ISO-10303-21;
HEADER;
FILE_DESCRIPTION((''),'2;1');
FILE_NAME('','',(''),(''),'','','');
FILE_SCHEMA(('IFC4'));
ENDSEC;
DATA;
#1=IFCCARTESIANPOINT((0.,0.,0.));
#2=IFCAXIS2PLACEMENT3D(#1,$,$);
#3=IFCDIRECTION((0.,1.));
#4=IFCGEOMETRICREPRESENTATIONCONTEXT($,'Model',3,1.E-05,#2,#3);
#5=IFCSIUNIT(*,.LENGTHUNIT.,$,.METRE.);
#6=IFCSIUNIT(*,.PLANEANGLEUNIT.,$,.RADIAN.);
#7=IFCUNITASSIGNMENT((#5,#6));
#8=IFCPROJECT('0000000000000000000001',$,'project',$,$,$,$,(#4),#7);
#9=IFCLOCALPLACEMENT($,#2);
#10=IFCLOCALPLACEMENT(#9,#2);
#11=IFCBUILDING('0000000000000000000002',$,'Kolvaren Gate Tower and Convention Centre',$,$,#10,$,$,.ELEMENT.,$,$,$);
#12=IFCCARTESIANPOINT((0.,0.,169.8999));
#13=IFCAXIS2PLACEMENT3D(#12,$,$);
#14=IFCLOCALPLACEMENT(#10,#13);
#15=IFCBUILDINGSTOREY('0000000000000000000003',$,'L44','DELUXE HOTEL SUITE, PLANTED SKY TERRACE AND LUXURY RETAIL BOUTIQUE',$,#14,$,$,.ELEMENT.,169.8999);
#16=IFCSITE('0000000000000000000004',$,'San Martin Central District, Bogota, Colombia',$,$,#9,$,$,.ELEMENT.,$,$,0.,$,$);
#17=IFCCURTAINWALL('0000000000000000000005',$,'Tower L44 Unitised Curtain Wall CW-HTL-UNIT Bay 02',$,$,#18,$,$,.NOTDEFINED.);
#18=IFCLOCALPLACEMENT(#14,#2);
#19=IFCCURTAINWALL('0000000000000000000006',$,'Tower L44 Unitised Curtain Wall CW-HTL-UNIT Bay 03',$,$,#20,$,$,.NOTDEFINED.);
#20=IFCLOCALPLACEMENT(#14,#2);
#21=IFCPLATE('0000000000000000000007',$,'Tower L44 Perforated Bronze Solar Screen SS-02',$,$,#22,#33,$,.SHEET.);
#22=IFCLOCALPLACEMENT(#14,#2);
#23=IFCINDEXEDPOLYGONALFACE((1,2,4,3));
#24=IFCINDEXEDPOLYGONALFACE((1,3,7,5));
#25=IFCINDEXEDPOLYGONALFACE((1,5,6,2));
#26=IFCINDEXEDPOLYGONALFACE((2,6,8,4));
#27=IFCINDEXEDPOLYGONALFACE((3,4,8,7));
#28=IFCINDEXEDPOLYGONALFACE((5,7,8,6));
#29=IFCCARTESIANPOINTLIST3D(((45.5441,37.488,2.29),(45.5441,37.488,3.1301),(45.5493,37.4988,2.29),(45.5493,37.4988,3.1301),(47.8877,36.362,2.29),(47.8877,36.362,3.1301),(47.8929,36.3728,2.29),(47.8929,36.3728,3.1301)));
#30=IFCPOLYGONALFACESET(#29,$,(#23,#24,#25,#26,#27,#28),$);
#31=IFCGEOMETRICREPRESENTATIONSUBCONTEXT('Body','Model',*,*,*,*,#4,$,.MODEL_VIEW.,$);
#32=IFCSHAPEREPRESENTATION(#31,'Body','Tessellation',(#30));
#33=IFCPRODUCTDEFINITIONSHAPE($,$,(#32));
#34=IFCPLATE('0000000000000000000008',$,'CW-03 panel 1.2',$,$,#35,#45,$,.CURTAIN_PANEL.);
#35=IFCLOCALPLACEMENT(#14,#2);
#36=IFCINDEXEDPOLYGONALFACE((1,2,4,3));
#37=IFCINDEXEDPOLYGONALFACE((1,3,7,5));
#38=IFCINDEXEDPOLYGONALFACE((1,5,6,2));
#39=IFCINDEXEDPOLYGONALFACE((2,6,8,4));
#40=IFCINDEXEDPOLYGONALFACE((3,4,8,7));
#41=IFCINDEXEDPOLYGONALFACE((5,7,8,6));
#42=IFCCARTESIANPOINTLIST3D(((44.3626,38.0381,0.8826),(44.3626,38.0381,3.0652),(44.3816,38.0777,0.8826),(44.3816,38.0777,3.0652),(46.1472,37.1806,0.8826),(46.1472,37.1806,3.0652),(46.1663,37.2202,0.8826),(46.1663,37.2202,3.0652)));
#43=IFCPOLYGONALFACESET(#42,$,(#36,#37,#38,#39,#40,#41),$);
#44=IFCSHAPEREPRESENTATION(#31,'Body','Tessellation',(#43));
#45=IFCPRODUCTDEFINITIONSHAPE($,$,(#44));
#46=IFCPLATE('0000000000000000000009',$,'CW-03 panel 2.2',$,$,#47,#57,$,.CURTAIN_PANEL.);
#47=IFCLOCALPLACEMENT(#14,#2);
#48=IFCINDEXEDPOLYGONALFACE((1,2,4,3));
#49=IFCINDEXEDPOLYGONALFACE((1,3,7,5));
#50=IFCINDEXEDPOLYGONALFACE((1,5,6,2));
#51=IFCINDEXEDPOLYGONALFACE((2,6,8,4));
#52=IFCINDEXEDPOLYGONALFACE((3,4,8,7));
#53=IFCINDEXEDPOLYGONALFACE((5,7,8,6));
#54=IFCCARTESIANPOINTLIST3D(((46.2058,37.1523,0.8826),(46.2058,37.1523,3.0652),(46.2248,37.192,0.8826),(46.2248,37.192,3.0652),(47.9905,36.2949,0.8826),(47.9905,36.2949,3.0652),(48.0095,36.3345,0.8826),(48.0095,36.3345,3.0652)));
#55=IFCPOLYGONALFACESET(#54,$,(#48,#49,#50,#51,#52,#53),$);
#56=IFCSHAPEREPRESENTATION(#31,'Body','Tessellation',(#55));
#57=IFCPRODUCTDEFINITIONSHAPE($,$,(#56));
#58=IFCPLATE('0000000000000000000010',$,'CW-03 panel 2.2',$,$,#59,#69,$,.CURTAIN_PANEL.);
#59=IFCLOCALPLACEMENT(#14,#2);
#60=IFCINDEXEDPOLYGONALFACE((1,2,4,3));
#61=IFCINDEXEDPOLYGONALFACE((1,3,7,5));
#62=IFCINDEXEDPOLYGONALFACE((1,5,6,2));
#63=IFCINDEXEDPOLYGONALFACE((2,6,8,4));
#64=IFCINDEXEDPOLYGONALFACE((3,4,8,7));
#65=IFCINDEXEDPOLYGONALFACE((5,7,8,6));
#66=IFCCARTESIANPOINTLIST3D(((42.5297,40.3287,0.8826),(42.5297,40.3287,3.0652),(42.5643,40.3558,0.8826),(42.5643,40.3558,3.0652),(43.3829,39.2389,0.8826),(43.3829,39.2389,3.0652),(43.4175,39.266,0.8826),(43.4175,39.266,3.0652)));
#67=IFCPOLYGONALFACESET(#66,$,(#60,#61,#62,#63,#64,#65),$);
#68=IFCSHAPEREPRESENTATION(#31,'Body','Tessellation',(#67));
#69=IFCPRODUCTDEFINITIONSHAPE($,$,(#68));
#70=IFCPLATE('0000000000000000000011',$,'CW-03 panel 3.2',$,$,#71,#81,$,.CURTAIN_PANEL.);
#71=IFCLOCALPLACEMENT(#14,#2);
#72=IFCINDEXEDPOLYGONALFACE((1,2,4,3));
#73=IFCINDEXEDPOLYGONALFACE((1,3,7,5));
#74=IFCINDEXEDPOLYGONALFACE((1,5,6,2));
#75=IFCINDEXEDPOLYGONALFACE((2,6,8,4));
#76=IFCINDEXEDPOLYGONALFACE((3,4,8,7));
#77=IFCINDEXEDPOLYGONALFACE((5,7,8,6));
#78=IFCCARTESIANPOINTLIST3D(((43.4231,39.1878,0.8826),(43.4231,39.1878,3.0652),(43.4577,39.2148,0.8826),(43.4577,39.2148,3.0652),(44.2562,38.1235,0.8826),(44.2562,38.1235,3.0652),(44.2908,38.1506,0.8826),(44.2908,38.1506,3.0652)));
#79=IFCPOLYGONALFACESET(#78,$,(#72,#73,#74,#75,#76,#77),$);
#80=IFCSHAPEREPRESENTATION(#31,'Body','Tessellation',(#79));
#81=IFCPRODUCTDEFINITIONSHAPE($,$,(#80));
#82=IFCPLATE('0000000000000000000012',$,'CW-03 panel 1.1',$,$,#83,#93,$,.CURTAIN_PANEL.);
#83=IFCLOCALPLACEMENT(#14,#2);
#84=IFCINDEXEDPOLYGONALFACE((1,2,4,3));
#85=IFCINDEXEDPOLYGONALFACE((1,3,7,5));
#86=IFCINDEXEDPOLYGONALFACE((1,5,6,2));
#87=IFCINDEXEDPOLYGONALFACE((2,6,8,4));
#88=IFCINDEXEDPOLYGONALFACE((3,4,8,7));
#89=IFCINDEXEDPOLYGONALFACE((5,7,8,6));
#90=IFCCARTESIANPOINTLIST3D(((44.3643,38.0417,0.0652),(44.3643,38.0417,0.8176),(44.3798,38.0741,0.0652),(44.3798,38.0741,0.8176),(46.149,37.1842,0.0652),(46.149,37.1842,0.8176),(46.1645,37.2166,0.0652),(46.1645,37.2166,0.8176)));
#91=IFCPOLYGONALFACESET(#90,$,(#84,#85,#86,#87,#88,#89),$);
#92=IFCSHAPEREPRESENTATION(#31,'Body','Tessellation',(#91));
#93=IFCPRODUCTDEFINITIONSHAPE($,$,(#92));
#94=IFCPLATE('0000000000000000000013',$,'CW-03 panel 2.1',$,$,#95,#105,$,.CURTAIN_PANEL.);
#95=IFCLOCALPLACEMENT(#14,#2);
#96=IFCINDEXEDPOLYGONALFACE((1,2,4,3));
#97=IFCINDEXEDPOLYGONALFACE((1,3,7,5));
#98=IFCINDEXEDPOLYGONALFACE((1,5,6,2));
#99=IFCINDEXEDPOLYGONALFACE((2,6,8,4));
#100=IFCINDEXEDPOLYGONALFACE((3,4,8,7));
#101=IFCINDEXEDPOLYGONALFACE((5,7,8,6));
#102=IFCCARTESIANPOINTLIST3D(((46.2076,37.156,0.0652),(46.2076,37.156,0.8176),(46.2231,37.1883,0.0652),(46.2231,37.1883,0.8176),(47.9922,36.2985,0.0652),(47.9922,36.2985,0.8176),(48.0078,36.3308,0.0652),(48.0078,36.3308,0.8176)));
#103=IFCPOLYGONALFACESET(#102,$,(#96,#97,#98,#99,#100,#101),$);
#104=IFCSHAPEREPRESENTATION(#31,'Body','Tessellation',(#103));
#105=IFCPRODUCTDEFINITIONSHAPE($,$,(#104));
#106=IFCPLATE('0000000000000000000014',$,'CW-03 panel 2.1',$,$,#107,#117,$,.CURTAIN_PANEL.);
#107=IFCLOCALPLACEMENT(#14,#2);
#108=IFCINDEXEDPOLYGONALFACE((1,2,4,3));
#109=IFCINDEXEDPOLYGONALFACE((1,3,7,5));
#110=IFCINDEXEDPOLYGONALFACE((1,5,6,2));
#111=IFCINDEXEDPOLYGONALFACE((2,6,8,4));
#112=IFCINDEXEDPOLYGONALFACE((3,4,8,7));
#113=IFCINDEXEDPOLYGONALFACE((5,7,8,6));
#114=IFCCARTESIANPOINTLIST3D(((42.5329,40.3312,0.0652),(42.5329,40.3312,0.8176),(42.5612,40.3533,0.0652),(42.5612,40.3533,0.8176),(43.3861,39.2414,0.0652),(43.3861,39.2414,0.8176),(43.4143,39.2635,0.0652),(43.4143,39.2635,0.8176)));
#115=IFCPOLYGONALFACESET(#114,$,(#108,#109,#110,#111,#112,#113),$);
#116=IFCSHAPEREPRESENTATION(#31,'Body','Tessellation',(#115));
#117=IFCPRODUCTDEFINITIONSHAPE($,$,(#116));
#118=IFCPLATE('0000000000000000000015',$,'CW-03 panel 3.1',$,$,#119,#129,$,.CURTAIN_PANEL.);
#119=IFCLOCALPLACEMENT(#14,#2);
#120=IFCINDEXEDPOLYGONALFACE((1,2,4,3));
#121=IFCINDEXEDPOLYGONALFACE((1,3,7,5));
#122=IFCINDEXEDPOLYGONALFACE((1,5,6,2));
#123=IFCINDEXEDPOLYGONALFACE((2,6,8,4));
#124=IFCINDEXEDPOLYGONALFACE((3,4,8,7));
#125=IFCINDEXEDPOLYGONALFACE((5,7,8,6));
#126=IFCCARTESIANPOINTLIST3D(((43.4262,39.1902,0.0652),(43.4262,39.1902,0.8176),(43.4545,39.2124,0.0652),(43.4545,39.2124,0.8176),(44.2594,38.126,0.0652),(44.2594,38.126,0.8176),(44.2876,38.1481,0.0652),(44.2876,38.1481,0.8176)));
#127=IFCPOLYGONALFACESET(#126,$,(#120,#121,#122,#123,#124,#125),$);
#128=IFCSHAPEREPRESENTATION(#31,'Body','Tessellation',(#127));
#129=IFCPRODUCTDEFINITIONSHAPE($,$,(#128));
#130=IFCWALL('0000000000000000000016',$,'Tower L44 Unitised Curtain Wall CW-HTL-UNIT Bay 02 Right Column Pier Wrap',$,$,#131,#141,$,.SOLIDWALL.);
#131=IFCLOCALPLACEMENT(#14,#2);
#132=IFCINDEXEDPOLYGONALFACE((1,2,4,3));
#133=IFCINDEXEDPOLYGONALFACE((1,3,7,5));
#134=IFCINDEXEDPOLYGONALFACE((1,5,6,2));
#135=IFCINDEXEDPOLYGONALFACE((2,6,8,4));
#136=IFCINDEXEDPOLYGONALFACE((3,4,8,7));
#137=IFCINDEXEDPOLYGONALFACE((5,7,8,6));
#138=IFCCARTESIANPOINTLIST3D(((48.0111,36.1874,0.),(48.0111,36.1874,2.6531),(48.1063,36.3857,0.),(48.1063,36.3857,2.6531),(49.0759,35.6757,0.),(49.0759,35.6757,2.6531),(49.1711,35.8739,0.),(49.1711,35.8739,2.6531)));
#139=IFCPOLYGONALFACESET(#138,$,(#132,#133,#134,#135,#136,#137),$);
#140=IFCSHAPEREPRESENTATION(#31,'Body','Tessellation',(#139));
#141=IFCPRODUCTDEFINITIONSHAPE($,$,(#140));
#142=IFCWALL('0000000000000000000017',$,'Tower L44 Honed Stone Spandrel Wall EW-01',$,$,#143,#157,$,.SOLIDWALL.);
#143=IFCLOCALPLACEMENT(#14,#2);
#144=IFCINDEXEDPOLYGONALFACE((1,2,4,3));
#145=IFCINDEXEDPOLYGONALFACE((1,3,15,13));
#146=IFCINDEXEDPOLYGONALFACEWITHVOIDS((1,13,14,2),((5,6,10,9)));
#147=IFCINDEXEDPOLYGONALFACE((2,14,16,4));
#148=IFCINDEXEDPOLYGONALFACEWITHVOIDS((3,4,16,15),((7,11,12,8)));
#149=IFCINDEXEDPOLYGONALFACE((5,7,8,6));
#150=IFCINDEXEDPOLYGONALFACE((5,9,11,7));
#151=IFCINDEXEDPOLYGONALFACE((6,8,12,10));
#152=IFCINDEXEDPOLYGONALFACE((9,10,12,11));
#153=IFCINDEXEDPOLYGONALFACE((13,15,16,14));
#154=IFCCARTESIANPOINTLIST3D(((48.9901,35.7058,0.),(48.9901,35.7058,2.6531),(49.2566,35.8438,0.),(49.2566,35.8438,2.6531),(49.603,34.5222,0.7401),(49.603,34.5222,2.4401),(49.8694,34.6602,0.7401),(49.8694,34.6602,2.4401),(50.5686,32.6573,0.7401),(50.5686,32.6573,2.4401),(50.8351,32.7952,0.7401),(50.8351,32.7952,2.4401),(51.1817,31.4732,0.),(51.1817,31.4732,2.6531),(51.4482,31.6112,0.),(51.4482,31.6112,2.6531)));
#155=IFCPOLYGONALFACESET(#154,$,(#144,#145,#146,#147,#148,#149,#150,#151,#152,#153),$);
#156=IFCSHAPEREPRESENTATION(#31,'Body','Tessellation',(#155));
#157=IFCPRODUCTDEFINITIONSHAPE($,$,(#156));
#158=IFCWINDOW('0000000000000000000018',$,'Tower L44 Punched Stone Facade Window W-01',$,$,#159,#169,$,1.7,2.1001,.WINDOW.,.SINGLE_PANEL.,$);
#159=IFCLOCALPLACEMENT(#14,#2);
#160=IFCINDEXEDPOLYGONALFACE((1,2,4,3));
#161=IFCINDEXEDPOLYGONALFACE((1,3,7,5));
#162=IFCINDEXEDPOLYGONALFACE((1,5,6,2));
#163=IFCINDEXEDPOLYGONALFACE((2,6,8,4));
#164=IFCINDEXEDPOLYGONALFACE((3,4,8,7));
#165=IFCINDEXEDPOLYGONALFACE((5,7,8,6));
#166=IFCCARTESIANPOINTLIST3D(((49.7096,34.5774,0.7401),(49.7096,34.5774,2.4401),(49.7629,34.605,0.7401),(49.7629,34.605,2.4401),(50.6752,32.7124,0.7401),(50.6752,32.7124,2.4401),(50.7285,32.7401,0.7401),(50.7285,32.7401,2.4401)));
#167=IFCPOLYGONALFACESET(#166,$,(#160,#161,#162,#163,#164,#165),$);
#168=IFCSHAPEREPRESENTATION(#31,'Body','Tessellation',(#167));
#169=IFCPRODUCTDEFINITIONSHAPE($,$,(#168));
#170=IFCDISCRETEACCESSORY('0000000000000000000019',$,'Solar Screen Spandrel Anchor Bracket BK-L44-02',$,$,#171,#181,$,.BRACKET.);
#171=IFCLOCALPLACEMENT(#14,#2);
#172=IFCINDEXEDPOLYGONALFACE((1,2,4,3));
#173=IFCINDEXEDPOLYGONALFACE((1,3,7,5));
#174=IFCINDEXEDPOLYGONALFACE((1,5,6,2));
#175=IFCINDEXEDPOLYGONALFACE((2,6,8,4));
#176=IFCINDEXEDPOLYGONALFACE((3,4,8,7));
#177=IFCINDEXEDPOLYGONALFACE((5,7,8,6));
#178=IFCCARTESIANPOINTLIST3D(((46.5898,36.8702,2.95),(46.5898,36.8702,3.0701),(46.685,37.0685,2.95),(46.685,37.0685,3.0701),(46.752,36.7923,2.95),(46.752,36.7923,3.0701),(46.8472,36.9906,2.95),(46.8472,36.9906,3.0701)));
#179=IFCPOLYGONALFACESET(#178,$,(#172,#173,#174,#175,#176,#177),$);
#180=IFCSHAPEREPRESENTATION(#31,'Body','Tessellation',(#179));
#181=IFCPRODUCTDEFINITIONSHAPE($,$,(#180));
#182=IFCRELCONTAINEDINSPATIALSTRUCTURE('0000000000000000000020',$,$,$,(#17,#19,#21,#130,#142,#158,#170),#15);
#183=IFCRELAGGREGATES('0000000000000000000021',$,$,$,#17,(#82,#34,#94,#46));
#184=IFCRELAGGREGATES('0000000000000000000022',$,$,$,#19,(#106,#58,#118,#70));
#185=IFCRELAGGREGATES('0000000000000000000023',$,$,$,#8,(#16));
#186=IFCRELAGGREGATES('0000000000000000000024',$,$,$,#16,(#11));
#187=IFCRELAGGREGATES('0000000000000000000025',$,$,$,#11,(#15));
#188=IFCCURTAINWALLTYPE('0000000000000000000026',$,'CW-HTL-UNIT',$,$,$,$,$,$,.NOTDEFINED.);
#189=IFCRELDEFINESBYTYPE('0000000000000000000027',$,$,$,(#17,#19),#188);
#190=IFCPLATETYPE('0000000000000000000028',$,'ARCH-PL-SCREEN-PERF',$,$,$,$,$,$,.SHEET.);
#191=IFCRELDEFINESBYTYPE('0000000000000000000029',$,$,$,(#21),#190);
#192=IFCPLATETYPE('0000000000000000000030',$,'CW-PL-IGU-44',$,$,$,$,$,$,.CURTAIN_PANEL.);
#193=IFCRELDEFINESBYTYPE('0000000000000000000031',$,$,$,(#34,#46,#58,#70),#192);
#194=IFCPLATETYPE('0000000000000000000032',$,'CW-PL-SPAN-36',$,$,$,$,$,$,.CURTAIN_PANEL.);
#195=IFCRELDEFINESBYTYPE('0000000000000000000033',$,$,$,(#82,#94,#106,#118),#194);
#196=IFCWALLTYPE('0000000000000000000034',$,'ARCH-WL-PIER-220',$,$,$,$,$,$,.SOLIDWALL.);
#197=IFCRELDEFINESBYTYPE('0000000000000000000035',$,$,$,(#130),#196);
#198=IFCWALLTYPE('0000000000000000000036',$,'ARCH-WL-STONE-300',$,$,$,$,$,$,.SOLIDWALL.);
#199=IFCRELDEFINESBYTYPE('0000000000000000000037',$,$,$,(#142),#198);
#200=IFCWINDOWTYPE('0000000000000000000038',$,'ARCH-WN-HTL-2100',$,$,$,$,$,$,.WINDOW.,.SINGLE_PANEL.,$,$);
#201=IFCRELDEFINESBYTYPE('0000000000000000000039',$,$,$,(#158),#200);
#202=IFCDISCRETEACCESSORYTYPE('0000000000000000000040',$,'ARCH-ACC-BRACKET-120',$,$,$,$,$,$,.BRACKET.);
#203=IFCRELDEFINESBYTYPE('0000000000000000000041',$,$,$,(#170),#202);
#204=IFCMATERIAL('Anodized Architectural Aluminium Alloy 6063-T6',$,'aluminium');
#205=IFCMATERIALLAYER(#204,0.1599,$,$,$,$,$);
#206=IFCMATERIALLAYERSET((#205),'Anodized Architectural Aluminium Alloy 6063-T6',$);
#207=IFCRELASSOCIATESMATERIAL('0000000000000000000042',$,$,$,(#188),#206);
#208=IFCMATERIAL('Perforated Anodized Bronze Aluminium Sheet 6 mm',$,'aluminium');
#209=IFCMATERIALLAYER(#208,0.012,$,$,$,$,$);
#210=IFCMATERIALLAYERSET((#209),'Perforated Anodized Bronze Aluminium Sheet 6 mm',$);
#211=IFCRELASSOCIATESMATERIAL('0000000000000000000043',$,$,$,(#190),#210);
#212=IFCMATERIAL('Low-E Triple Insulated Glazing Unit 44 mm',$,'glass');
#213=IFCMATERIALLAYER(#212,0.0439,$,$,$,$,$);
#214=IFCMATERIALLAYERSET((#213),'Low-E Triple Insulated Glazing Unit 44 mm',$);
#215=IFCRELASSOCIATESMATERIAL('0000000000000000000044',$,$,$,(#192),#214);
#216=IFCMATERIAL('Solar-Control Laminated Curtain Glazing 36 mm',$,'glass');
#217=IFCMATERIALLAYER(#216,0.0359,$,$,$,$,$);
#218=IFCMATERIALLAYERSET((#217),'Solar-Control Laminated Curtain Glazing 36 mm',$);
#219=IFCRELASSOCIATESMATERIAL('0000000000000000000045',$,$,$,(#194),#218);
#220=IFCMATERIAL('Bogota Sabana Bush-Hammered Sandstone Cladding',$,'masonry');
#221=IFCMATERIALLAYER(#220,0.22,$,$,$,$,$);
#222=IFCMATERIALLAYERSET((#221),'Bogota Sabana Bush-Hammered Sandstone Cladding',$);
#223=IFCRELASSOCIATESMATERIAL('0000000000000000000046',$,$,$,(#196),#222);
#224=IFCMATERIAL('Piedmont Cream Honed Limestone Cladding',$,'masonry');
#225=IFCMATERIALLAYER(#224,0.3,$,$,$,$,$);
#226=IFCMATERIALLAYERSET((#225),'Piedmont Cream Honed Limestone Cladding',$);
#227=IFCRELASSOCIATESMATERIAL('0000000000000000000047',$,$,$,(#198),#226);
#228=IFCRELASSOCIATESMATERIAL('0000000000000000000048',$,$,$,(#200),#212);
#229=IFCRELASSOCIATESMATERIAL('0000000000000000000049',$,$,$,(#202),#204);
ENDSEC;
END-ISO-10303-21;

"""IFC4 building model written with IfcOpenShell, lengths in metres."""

from ifc_helpers import new_model, si_unit, direction, frame, frame_2d, origin, origin_2d, place, context, subcontext, project, spatial, rectangle, extrude, material, layer, layer_set, type_object, element, fill, aggregate, save


model = new_model("IFC4")

# Units and contexts
model_context = context("Model", 3, precision=1e-05, world=origin(), true_north=direction((0.0, 1.0)))
body_context = subcontext(model_context, "Body", "Model", "MODEL_VIEW")
ifc_project = project(units=[si_unit("LENGTHUNIT", "METRE"), si_unit("PLANEANGLEUNIT", "RADIAN")], contexts=[model_context])

# Site, building, storey
site_placement = place(None, origin())
site = spatial("IfcSite", under=ifc_project, at=site_placement, Name="San Martin Central District, Bogota, Colombia", CompositionType="ELEMENT", RefElevation=0.0)
building_placement = place(site_placement, origin())
building = spatial("IfcBuilding", under=site, at=building_placement, Name="Kolvaren Gate Tower and Convention Centre", CompositionType="ELEMENT")
storey_placement = place(building_placement, frame((0.0, 0.0, 169.8999)))
storey = spatial("IfcBuildingStorey", under=building, at=storey_placement, Name="L44", Description="DELUXE HOTEL SUITE, PLANTED SKY TERRACE AND LUXURY RETAIL BOUTIQUE", CompositionType="ELEMENT", Elevation=169.8999)

# Curtain walls
ifc_material_1 = material(Name="Anodized Architectural Aluminium Alloy 6063-T6", Category="aluminium")
ifc_layer_1 = layer(ifc_material_1, 0.1599)
ifc_layer_set_1 = layer_set([ifc_layer_1], Name="Anodized Architectural Aluminium Alloy 6063-T6")
curtain_wall_type = type_object("IfcCurtainWallType", Name="CW-HTL-UNIT", PredefinedType="NOTDEFINED", material=ifc_layer_set_1)
curtain_wall_1_placement = place(storey_placement, origin())
curtain_wall_1 = element("IfcCurtainWall", 1, at=curtain_wall_1_placement, inside=storey, type_object=curtain_wall_type, Name="Tower L44 Unitised Curtain Wall CW-HTL-UNIT Bay 02", PredefinedType="NOTDEFINED")
curtain_wall_2_placement = place(storey_placement, origin())
curtain_wall_2 = element("IfcCurtainWall", 2, at=curtain_wall_2_placement, inside=storey, type_object=curtain_wall_type, Name="Tower L44 Unitised Curtain Wall CW-HTL-UNIT Bay 03", PredefinedType="NOTDEFINED")

# Plates
ifc_material_2 = material(Name="Perforated Anodized Bronze Aluminium Sheet 6 mm", Category="aluminium")
ifc_layer_2 = layer(ifc_material_2, 0.012)
ifc_layer_set_2 = layer_set([ifc_layer_2], Name="Perforated Anodized Bronze Aluminium Sheet 6 mm")
plate_type_1 = type_object("IfcPlateType", Name="ARCH-PL-SCREEN-PERF", PredefinedType="SHEET", material=ifc_layer_set_2)
plate_1_placement = place(storey_placement, frame((46.7185, 36.9304, 2.29), z_axis=(0.0, 0.0, 1.0), x_axis=(0.901358, -0.433074, 0.0)))
element("IfcPlate", 3, at=plate_1_placement, inside=storey, type_object=plate_type_1, Name="Tower L44 Perforated Bronze Solar Screen SS-02", PredefinedType="SHEET", context=body_context, shape_type="SweptSolid", body=[
    extrude(rectangle(XDim=2.6001, YDim=0.012, at=origin_2d()), origin(), (0.0, 0.0, 1.0), 0.8401),
])
ifc_material_3 = material(Name="Low-E Triple Insulated Glazing Unit 44 mm", Category="glass")
ifc_layer_3 = layer(ifc_material_3, 0.0439)
ifc_layer_set_3 = layer_set([ifc_layer_3], Name="Low-E Triple Insulated Glazing Unit 44 mm")
plate_type_2 = type_object("IfcPlateType", Name="CW-PL-IGU-44", PredefinedType="CURTAIN_PANEL", material=ifc_layer_set_3)
plate_2_placement = place(storey_placement, frame((45.2644, 37.6292, 0.8826), z_axis=(0.0, 0.0, 1.0), x_axis=(0.901358, -0.433074, 0.0)))
plate_2 = element("IfcPlate", 4, at=plate_2_placement, type_object=plate_type_2, Name="CW-03 panel 1.2", PredefinedType="CURTAIN_PANEL", context=body_context, shape_type="SweptSolid", body=[
    extrude(rectangle(XDim=1.98, YDim=0.0439, at=origin_2d()), origin(), (0.0, 0.0, 1.0), 2.1826),
])
plate_3_placement = place(storey_placement, frame((47.1077, 36.7434, 0.8826), z_axis=(0.0, 0.0, 1.0), x_axis=(0.901358, -0.433074, 0.0)))
plate_3 = element("IfcPlate", 5, at=plate_3_placement, type_object=plate_type_2, Name="CW-03 panel 2.2", PredefinedType="CURTAIN_PANEL", context=body_context, shape_type="SweptSolid", body=[
    extrude(rectangle(XDim=1.98, YDim=0.0439, at=origin_2d()), origin(), (0.0, 0.0, 1.0), 2.1826),
])
plate_4_placement = place(storey_placement, frame((42.9736, 39.7974, 0.8826), z_axis=(0.0, 0.0, 1.0), x_axis=(0.616438, -0.787404, 0.0)))
plate_4 = element("IfcPlate", 6, at=plate_4_placement, type_object=plate_type_2, Name="CW-03 panel 2.2", PredefinedType="CURTAIN_PANEL", context=body_context, shape_type="SweptSolid", body=[
    extrude(rectangle(XDim=1.384, YDim=0.0439, at=origin_2d()), origin(), (0.0, 0.0, 1.0), 2.1826),
])
plate_5_placement = place(storey_placement, frame((43.8569, 38.6692, 0.8826), z_axis=(0.0, 0.0, 1.0), x_axis=(0.616438, -0.787404, 0.0)))
plate_5 = element("IfcPlate", 7, at=plate_5_placement, type_object=plate_type_2, Name="CW-03 panel 3.2", PredefinedType="CURTAIN_PANEL", context=body_context, shape_type="SweptSolid", body=[
    extrude(rectangle(XDim=1.3516, YDim=0.0439, at=origin_2d()), origin(), (0.0, 0.0, 1.0), 2.1826),
])
ifc_material_4 = material(Name="Solar-Control Laminated Curtain Glazing 36 mm", Category="glass")
ifc_layer_4 = layer(ifc_material_4, 0.0359)
ifc_layer_set_4 = layer_set([ifc_layer_4], Name="Solar-Control Laminated Curtain Glazing 36 mm")
plate_type_3 = type_object("IfcPlateType", Name="CW-PL-SPAN-36", PredefinedType="CURTAIN_PANEL", material=ifc_layer_set_4)
plate_6_placement = place(storey_placement, frame((45.2644, 37.6292, 0.0652), z_axis=(0.0, 0.0, 1.0), x_axis=(0.901358, -0.433074, 0.0)))
plate_6 = element("IfcPlate", 8, at=plate_6_placement, type_object=plate_type_3, Name="CW-03 panel 1.1", PredefinedType="CURTAIN_PANEL", context=body_context, shape_type="SweptSolid", body=[
    extrude(rectangle(XDim=1.98, YDim=0.0359, at=origin_2d()), origin(), (0.0, 0.0, 1.0), 0.7524),
])
plate_7_placement = place(storey_placement, frame((47.1077, 36.7434, 0.0652), z_axis=(0.0, 0.0, 1.0), x_axis=(0.901358, -0.433074, 0.0)))
plate_7 = element("IfcPlate", 9, at=plate_7_placement, type_object=plate_type_3, Name="CW-03 panel 2.1", PredefinedType="CURTAIN_PANEL", context=body_context, shape_type="SweptSolid", body=[
    extrude(rectangle(XDim=1.98, YDim=0.0359, at=origin_2d()), origin(), (0.0, 0.0, 1.0), 0.7524),
])
aggregate(curtain_wall_1, [plate_6, plate_2, plate_7, plate_3])
plate_8_placement = place(storey_placement, frame((42.9736, 39.7974, 0.0652), z_axis=(0.0, 0.0, 1.0), x_axis=(0.616438, -0.787404, 0.0)))
plate_8 = element("IfcPlate", 10, at=plate_8_placement, type_object=plate_type_3, Name="CW-03 panel 2.1", PredefinedType="CURTAIN_PANEL", context=body_context, shape_type="SweptSolid", body=[
    extrude(rectangle(XDim=1.384, YDim=0.0359, at=origin_2d()), origin(), (0.0, 0.0, 1.0), 0.7524),
])
plate_9_placement = place(storey_placement, frame((43.8569, 38.6692, 0.0652), z_axis=(0.0, 0.0, 1.0), x_axis=(0.616438, -0.787404, 0.0)))
plate_9 = element("IfcPlate", 11, at=plate_9_placement, type_object=plate_type_3, Name="CW-03 panel 3.1", PredefinedType="CURTAIN_PANEL", context=body_context, shape_type="SweptSolid", body=[
    extrude(rectangle(XDim=1.3516, YDim=0.0359, at=origin_2d()), origin(), (0.0, 0.0, 1.0), 0.7524),
])
aggregate(curtain_wall_2, [plate_8, plate_4, plate_9, plate_5])

# Wall
ifc_material_5 = material(Name="Bogota Sabana Bush-Hammered Sandstone Cladding", Category="masonry")
ifc_layer_5 = layer(ifc_material_5, 0.22)
ifc_layer_set_5 = layer_set([ifc_layer_5], Name="Bogota Sabana Bush-Hammered Sandstone Cladding")
wall_type_1 = type_object("IfcWallType", Name="ARCH-WL-PIER-220", PredefinedType="SOLIDWALL", material=ifc_layer_set_5)
wall_1_placement = place(storey_placement, frame((48.0586, 36.2866, 0.0), z_axis=(0.0, 0.0, 1.0), x_axis=(0.901304, -0.433188, 0.0)))
element("IfcWall", 12, at=wall_1_placement, inside=storey, type_object=wall_type_1, Name="Tower L44 Unitised Curtain Wall CW-HTL-UNIT Bay 02 Right Column Pier Wrap", PredefinedType="SOLIDWALL", context=body_context, shape_type="SweptSolid", body=[
    extrude(rectangle(XDim=1.1814, YDim=0.22, at=frame_2d((0.5908, 0.0))), origin(), (0.0, 0.0, 1.0), 2.6531),
])

# Wall, opening, window
ifc_material_6 = material(Name="Piedmont Cream Honed Limestone Cladding", Category="masonry")
ifc_layer_6 = layer(ifc_material_6, 0.3)
ifc_layer_set_6 = layer_set([ifc_layer_6], Name="Piedmont Cream Honed Limestone Cladding")
wall_type_2 = type_object("IfcWallType", Name="ARCH-WL-STONE-300", PredefinedType="SOLIDWALL", material=ifc_layer_set_6)
wall_2_placement = place(storey_placement, frame((49.1233, 35.7749, 0.0), z_axis=(0.0, 0.0, 1.0), x_axis=(0.45981, -0.888017, 0.0)))
wall_2 = element("IfcWall", 13, at=wall_2_placement, inside=storey, type_object=wall_type_2, Name="Tower L44 Honed Stone Spandrel Wall EW-01", PredefinedType="SOLIDWALL", context=body_context, shape_type="SweptSolid", body=[
    extrude(rectangle(XDim=4.7664, YDim=0.3, at=frame_2d((2.3833, 0.0))), origin(), (0.0, 0.0, 1.0), 2.6531),
])
opening_placement = place(wall_2_placement, frame((1.333, 0.0, 0.74)))
opening = element("IfcOpeningElement", 14, at=opening_placement, cuts=wall_2, PredefinedType="OPENING", context=body_context, shape_type="SweptSolid", body=[
    extrude(rectangle(XDim=2.1001, YDim=1.7, at=frame_2d((1.05, 0.8501))), frame((0.0, 0.1599, 0.0), z_axis=(0.0, -1.0, 0.0), x_axis=(1.0, 0.0, 0.0)), (0.0, 0.0, 1.0), 0.3201),
])
window_type = type_object("IfcWindowType", Name="ARCH-WN-HTL-2100", PartitioningType="SINGLE_PANEL", PredefinedType="WINDOW", material=ifc_material_3)
window_placement = place(opening_placement, origin())
window = element("IfcWindow", 15, at=window_placement, inside=storey, type_object=window_type, Name="Tower L44 Punched Stone Facade Window W-01", OverallHeight=1.7, OverallWidth=2.1001, PartitioningType="SINGLE_PANEL", PredefinedType="WINDOW", context=body_context, shape_type="SweptSolid", body=[
    extrude(rectangle(XDim=2.1001, YDim=1.7, at=frame_2d((1.05, 0.8501))), frame((0.0, 0.03, 0.0), z_axis=(0.0, -1.0, 0.0), x_axis=(1.0, 0.0, 0.0)), (0.0, 0.0, 1.0), 0.0601),
])
fill(opening, window)

# Discrete accessory
discrete_accessory_type = type_object("IfcDiscreteAccessoryType", Name="ARCH-ACC-BRACKET-120", PredefinedType="BRACKET", material=ifc_material_1)
discrete_accessory_placement = place(storey_placement, frame((46.7185, 36.9304, 2.95), z_axis=(0.0, 0.0, 1.0), x_axis=(0.901358, -0.433074, 0.0)))
element("IfcDiscreteAccessory", 16, at=discrete_accessory_placement, inside=storey, type_object=discrete_accessory_type, Name="Solar Screen Spandrel Anchor Bracket BK-L44-02", PredefinedType="BRACKET", context=body_context, shape_type="SweptSolid", body=[
    extrude(rectangle(XDim=0.1799, YDim=0.22, at=origin_2d()), origin(), (0.0, 0.0, 1.0), 0.1201),
])

save(model, "model.ifc")
